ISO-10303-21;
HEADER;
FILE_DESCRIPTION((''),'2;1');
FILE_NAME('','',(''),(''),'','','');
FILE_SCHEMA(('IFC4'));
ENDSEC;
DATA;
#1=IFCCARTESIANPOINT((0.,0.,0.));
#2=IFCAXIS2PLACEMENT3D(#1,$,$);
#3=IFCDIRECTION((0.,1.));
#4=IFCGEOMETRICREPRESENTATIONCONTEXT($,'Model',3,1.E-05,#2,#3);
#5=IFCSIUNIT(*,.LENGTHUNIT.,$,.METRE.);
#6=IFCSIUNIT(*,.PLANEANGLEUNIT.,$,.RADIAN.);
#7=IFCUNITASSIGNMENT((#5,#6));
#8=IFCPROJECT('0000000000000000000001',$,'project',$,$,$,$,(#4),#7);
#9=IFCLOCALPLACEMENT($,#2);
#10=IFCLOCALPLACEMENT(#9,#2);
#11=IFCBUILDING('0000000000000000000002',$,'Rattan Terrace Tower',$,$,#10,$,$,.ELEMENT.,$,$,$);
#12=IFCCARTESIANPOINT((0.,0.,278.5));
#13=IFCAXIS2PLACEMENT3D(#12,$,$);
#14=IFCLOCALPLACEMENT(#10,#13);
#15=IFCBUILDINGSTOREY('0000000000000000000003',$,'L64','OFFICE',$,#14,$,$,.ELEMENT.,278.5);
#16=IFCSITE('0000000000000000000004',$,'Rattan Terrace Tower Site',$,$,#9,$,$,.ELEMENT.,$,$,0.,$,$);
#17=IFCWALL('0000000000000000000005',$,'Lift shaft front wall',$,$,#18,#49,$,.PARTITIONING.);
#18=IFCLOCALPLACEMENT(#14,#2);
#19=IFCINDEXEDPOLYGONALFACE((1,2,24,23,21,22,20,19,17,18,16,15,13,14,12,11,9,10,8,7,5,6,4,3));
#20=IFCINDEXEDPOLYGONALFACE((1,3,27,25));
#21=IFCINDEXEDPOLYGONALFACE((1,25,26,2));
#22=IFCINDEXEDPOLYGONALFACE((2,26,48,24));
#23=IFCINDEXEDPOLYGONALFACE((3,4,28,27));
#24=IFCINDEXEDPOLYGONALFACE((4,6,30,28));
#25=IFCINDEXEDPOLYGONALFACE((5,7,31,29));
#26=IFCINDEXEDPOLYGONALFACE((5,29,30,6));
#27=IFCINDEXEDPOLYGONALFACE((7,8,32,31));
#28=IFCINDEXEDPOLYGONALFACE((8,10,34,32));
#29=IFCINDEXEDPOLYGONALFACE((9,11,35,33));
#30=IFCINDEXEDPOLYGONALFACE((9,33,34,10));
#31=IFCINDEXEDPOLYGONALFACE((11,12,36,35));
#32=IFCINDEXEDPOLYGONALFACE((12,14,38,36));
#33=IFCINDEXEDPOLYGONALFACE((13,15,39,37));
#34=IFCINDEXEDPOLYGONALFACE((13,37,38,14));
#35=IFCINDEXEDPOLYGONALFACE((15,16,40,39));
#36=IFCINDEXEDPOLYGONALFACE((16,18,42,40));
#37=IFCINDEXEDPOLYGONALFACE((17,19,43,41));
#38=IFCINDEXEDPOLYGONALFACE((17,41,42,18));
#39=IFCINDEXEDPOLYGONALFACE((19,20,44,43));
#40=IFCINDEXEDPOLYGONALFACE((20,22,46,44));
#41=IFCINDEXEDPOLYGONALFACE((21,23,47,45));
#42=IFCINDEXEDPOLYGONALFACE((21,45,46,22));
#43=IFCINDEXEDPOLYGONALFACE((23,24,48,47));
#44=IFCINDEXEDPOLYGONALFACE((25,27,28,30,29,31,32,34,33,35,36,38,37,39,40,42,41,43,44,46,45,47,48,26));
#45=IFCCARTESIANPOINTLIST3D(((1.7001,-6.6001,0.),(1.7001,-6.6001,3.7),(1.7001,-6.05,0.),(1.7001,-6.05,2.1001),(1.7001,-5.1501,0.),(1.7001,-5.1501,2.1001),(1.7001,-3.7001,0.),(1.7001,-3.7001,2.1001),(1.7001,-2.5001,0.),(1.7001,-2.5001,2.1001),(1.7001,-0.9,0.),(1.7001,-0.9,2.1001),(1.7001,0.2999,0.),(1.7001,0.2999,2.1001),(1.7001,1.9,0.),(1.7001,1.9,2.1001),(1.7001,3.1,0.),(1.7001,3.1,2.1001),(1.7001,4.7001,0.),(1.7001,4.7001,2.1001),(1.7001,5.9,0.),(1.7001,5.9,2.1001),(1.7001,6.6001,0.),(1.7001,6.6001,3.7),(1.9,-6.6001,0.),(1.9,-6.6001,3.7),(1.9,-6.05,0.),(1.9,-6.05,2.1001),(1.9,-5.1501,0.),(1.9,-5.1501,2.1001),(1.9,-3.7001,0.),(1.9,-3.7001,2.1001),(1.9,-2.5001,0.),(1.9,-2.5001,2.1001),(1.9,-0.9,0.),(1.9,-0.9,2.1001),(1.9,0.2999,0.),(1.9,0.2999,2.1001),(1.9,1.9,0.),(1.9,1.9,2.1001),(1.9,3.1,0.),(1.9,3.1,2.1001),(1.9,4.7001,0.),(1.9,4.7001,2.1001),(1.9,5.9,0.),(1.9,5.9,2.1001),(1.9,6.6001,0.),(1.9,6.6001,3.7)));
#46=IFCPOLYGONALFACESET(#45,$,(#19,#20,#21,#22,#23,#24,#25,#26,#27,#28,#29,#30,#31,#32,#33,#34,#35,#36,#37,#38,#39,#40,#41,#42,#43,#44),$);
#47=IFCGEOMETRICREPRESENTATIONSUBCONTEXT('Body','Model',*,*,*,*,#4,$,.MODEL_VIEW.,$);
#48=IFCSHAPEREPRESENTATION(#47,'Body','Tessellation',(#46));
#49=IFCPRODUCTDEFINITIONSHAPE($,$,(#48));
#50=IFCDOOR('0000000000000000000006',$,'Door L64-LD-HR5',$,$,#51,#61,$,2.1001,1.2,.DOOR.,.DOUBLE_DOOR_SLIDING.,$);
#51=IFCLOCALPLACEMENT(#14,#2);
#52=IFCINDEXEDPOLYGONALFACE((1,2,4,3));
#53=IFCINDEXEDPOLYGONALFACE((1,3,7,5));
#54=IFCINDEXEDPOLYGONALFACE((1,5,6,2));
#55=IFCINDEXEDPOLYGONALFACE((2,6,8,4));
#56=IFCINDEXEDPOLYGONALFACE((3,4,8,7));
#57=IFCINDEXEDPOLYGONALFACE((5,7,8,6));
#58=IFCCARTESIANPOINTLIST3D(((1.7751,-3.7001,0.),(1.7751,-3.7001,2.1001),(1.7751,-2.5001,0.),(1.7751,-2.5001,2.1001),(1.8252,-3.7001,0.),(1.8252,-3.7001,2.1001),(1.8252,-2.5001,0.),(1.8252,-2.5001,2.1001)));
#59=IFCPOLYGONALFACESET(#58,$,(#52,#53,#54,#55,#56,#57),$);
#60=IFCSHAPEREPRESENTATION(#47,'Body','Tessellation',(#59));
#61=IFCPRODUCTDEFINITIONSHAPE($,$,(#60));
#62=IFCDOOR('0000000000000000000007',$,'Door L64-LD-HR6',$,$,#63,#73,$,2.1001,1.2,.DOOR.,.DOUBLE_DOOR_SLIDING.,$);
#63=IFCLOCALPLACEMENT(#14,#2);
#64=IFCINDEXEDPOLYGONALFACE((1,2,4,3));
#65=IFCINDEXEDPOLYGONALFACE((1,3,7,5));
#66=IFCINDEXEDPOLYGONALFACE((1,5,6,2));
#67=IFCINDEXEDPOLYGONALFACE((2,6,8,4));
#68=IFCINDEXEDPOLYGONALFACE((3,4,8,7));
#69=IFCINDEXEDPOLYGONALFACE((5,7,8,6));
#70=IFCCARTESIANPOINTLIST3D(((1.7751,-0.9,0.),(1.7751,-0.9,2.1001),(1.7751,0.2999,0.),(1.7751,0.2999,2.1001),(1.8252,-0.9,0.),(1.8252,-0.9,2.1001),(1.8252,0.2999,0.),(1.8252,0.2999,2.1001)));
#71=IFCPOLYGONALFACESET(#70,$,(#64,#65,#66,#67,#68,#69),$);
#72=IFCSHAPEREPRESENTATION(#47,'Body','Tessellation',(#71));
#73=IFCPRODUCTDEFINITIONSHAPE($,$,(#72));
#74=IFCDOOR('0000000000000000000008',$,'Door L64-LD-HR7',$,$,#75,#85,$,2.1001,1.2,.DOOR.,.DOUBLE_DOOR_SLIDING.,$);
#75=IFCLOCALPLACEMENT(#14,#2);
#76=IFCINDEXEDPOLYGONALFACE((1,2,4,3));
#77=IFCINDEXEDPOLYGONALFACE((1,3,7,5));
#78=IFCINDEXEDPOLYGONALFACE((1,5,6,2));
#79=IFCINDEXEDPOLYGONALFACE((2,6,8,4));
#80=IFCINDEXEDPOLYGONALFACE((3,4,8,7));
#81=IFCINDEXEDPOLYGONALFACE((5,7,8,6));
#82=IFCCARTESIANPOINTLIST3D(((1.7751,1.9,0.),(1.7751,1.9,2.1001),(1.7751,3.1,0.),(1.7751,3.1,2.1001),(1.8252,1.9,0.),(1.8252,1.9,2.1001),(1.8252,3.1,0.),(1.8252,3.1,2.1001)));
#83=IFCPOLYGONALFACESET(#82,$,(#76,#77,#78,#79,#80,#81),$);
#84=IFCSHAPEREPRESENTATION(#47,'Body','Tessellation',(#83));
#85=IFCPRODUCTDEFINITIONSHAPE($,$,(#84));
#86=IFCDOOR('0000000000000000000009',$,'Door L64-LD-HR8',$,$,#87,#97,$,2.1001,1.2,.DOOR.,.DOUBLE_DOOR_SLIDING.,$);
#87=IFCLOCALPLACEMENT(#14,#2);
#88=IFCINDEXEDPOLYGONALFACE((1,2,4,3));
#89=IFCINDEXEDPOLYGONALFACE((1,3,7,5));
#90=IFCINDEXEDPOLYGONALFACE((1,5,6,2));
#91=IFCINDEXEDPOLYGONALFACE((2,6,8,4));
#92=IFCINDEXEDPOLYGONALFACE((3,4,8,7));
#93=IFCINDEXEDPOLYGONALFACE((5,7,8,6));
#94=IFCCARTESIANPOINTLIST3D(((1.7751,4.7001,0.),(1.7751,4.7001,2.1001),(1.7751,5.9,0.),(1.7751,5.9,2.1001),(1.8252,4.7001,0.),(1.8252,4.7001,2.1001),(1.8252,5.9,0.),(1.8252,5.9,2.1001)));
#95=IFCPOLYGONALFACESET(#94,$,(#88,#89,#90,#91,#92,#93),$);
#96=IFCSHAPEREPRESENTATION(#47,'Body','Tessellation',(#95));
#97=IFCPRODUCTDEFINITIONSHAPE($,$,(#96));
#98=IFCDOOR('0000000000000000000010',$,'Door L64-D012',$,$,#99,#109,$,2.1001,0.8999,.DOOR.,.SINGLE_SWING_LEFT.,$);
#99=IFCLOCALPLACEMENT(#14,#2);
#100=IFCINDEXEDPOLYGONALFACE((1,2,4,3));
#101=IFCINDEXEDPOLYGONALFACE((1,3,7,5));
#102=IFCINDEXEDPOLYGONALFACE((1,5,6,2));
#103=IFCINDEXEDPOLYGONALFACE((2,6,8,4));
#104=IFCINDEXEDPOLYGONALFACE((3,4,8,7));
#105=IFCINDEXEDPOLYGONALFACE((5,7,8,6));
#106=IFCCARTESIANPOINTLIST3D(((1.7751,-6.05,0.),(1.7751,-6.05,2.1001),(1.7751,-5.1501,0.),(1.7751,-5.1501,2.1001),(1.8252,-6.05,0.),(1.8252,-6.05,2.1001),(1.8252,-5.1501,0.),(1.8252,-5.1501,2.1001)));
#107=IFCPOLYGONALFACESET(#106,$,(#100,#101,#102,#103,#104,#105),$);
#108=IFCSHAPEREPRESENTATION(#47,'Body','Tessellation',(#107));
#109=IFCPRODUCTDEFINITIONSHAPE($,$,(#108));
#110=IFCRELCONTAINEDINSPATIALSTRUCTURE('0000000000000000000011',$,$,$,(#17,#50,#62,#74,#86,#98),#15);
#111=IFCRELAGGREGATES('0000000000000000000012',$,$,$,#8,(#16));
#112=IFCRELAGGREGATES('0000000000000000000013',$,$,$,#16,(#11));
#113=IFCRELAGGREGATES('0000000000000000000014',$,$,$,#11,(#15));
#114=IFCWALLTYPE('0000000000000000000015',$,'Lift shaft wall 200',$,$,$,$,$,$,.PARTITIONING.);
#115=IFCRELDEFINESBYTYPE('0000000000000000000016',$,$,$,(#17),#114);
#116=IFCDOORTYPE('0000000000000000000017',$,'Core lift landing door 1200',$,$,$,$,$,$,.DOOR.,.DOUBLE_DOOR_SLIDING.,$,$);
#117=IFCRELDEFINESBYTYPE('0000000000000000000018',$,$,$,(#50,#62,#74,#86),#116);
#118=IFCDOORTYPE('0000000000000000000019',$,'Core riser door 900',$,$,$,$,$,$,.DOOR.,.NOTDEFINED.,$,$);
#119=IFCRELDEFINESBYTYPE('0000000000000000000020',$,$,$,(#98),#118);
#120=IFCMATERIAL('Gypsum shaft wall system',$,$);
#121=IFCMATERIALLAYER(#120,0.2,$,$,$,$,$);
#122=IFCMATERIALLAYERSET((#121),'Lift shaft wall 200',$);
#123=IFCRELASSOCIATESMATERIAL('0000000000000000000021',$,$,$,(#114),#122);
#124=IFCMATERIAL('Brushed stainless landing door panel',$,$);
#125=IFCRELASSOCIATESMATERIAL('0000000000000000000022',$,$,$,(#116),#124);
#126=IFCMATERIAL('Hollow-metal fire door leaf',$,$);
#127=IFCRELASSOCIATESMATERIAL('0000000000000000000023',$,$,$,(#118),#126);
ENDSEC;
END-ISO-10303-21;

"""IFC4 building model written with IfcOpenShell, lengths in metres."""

from ifc_helpers import new_model, si_unit, direction, frame, frame_2d, origin, place, context, subcontext, project, spatial, rectangle, extrude, material, layer, layer_set, type_object, element, fill, save


model = new_model("IFC4")

# Units and contexts
model_context = context("Model", 3, precision=1e-05, world=origin(), true_north=direction((0.0, 1.0)))
body_context = subcontext(model_context, "Body", "Model", "MODEL_VIEW")
ifc_project = project(units=[si_unit("LENGTHUNIT", "METRE"), si_unit("PLANEANGLEUNIT", "RADIAN")], contexts=[model_context])

# Site, building, storey
site_placement = place(None, origin())
site = spatial("IfcSite", under=ifc_project, at=site_placement, Name="Rattan Terrace Tower Site", CompositionType="ELEMENT", RefElevation=0.0)
building_placement = place(site_placement, origin())
building = spatial("IfcBuilding", under=site, at=building_placement, Name="Rattan Terrace Tower", CompositionType="ELEMENT")
storey_placement = place(building_placement, frame((0.0, 0.0, 278.5)))
storey = spatial("IfcBuildingStorey", under=building, at=storey_placement, Name="L64", Description="OFFICE", CompositionType="ELEMENT", Elevation=278.5)

# Wall, openings, doors
ifc_material_1 = material(Name="Gypsum shaft wall system")
ifc_layer_1 = layer(ifc_material_1, 0.2)
ifc_layer_set_1 = layer_set([ifc_layer_1], Name="Lift shaft wall 200")
wall_type_1 = type_object("IfcWallType", Name="Lift shaft wall 200", PredefinedType="PARTITIONING", material=ifc_layer_set_1)
wall_1_placement = place(storey_placement, frame((1.8, -6.6001, 0.0), z_axis=(0.0, 0.0, 1.0), x_axis=(0.0, 1.0, 0.0)))
wall_1 = element("IfcWall", 1, at=wall_1_placement, inside=storey, type_object=wall_type_1, Name="Lift shaft front wall", PredefinedType="PARTITIONING", context=body_context, shape_type="SweptSolid", body=[
    extrude(rectangle(XDim=13.2002, YDim=0.2, at=frame_2d((6.6001, 0.0))), origin(), (0.0, 0.0, 1.0), 3.7),
])
opening_1_placement = place(wall_1_placement, frame((0.55, 0.0, 0.0)))
opening_1 = element("IfcOpeningElement", 2, at=opening_1_placement, cuts=wall_1, PredefinedType="OPENING", context=body_context, shape_type="SweptSolid", body=[
    extrude(rectangle(XDim=0.8999, YDim=2.1001, at=frame_2d((0.45, 1.05))), frame((0.0, 0.1106, 0.0), z_axis=(0.0, -1.0, 0.0), x_axis=(1.0, 0.0, 0.0)), (0.0, 0.0, 1.0), 0.2209),
])
opening_2_placement = place(wall_1_placement, frame((2.8999, 0.0, 0.0)))
opening_2 = element("IfcOpeningElement", 3, at=opening_2_placement, cuts=wall_1, PredefinedType="OPENING", context=body_context, shape_type="SweptSolid", body=[
    extrude(rectangle(XDim=1.2, YDim=2.1001, at=frame_2d((0.6001, 1.05))), frame((0.0, 0.1106, 0.0), z_axis=(0.0, -1.0, 0.0), x_axis=(1.0, 0.0, 0.0)), (0.0, 0.0, 1.0), 0.2209),
])
opening_3_placement = place(wall_1_placement, frame((5.7, 0.0, 0.0)))
opening_3 = element("IfcOpeningElement", 4, at=opening_3_placement, cuts=wall_1, PredefinedType="OPENING", context=body_context, shape_type="SweptSolid", body=[
    extrude(rectangle(XDim=1.2, YDim=2.1001, at=frame_2d((0.6001, 1.05))), frame((0.0, 0.1106, 0.0), z_axis=(0.0, -1.0, 0.0), x_axis=(1.0, 0.0, 0.0)), (0.0, 0.0, 1.0), 0.2209),
])
opening_4_placement = place(wall_1_placement, frame((8.5, 0.0, 0.0)))
opening_4 = element("IfcOpeningElement", 5, at=opening_4_placement, cuts=wall_1, PredefinedType="OPENING", context=body_context, shape_type="SweptSolid", body=[
    extrude(rectangle(XDim=1.2, YDim=2.1001, at=frame_2d((0.6001, 1.05))), frame((0.0, 0.1106, 0.0), z_axis=(0.0, -1.0, 0.0), x_axis=(1.0, 0.0, 0.0)), (0.0, 0.0, 1.0), 0.2209),
])
opening_5_placement = place(wall_1_placement, frame((11.3, 0.0, 0.0)))
opening_5 = element("IfcOpeningElement", 6, at=opening_5_placement, cuts=wall_1, PredefinedType="OPENING", context=body_context, shape_type="SweptSolid", body=[
    extrude(rectangle(XDim=1.2, YDim=2.1001, at=frame_2d((0.6001, 1.05))), frame((0.0, 0.1106, 0.0), z_axis=(0.0, -1.0, 0.0), x_axis=(1.0, 0.0, 0.0)), (0.0, 0.0, 1.0), 0.2209),
])
ifc_material_2 = material(Name="Brushed stainless landing door panel")
door_type_1 = type_object("IfcDoorType", Name="Core lift landing door 1200", OperationType="DOUBLE_DOOR_SLIDING", PredefinedType="DOOR", material=ifc_material_2)
door_1_placement = place(opening_2_placement, origin())
door_1 = element("IfcDoor", 7, at=door_1_placement, inside=storey, type_object=door_type_1, Name="Door L64-LD-HR5", OperationType="DOUBLE_DOOR_SLIDING", OverallHeight=2.1001, OverallWidth=1.2, PredefinedType="DOOR", context=body_context, shape_type="SweptSolid", body=[
    extrude(rectangle(XDim=1.2, YDim=2.1001, at=frame_2d((0.6001, 1.05))), frame((0.0, 0.0249, 0.0), z_axis=(0.0, -1.0, 0.0), x_axis=(1.0, 0.0, 0.0)), (0.0, 0.0, 1.0), 0.05),
])
fill(opening_2, door_1)
door_2_placement = place(opening_3_placement, origin())
door_2 = element("IfcDoor", 8, at=door_2_placement, inside=storey, type_object=door_type_1, Name="Door L64-LD-HR6", OperationType="DOUBLE_DOOR_SLIDING", OverallHeight=2.1001, OverallWidth=1.2, PredefinedType="DOOR", context=body_context, shape_type="SweptSolid", body=[
    extrude(rectangle(XDim=1.2, YDim=2.1001, at=frame_2d((0.6001, 1.05))), frame((0.0, 0.0249, 0.0), z_axis=(0.0, -1.0, 0.0), x_axis=(1.0, 0.0, 0.0)), (0.0, 0.0, 1.0), 0.05),
])
fill(opening_3, door_2)
door_3_placement = place(opening_4_placement, origin())
door_3 = element("IfcDoor", 9, at=door_3_placement, inside=storey, type_object=door_type_1, Name="Door L64-LD-HR7", OperationType="DOUBLE_DOOR_SLIDING", OverallHeight=2.1001, OverallWidth=1.2, PredefinedType="DOOR", context=body_context, shape_type="SweptSolid", body=[
    extrude(rectangle(XDim=1.2, YDim=2.1001, at=frame_2d((0.6001, 1.05))), frame((0.0, 0.0249, 0.0), z_axis=(0.0, -1.0, 0.0), x_axis=(1.0, 0.0, 0.0)), (0.0, 0.0, 1.0), 0.05),
])
fill(opening_4, door_3)
door_4_placement = place(opening_5_placement, origin())
door_4 = element("IfcDoor", 10, at=door_4_placement, inside=storey, type_object=door_type_1, Name="Door L64-LD-HR8", OperationType="DOUBLE_DOOR_SLIDING", OverallHeight=2.1001, OverallWidth=1.2, PredefinedType="DOOR", context=body_context, shape_type="SweptSolid", body=[
    extrude(rectangle(XDim=1.2, YDim=2.1001, at=frame_2d((0.6001, 1.05))), frame((0.0, 0.0249, 0.0), z_axis=(0.0, -1.0, 0.0), x_axis=(1.0, 0.0, 0.0)), (0.0, 0.0, 1.0), 0.05),
])
fill(opening_5, door_4)
ifc_material_3 = material(Name="Hollow-metal fire door leaf")
door_type_2 = type_object("IfcDoorType", Name="Core riser door 900", OperationType="NOTDEFINED", PredefinedType="DOOR", material=ifc_material_3)
door_5_placement = place(opening_1_placement, origin())
door_5 = element("IfcDoor", 11, at=door_5_placement, inside=storey, type_object=door_type_2, Name="Door L64-D012", OperationType="SINGLE_SWING_LEFT", OverallHeight=2.1001, OverallWidth=0.8999, PredefinedType="DOOR", context=body_context, shape_type="SweptSolid", body=[
    extrude(rectangle(XDim=0.8999, YDim=2.1001, at=frame_2d((0.45, 1.05))), frame((0.0, 0.0249, 0.0), z_axis=(0.0, -1.0, 0.0), x_axis=(1.0, 0.0, 0.0)), (0.0, 0.0, 1.0), 0.05),
])
fill(opening_1, door_5)

save(model, "model.ifc")
